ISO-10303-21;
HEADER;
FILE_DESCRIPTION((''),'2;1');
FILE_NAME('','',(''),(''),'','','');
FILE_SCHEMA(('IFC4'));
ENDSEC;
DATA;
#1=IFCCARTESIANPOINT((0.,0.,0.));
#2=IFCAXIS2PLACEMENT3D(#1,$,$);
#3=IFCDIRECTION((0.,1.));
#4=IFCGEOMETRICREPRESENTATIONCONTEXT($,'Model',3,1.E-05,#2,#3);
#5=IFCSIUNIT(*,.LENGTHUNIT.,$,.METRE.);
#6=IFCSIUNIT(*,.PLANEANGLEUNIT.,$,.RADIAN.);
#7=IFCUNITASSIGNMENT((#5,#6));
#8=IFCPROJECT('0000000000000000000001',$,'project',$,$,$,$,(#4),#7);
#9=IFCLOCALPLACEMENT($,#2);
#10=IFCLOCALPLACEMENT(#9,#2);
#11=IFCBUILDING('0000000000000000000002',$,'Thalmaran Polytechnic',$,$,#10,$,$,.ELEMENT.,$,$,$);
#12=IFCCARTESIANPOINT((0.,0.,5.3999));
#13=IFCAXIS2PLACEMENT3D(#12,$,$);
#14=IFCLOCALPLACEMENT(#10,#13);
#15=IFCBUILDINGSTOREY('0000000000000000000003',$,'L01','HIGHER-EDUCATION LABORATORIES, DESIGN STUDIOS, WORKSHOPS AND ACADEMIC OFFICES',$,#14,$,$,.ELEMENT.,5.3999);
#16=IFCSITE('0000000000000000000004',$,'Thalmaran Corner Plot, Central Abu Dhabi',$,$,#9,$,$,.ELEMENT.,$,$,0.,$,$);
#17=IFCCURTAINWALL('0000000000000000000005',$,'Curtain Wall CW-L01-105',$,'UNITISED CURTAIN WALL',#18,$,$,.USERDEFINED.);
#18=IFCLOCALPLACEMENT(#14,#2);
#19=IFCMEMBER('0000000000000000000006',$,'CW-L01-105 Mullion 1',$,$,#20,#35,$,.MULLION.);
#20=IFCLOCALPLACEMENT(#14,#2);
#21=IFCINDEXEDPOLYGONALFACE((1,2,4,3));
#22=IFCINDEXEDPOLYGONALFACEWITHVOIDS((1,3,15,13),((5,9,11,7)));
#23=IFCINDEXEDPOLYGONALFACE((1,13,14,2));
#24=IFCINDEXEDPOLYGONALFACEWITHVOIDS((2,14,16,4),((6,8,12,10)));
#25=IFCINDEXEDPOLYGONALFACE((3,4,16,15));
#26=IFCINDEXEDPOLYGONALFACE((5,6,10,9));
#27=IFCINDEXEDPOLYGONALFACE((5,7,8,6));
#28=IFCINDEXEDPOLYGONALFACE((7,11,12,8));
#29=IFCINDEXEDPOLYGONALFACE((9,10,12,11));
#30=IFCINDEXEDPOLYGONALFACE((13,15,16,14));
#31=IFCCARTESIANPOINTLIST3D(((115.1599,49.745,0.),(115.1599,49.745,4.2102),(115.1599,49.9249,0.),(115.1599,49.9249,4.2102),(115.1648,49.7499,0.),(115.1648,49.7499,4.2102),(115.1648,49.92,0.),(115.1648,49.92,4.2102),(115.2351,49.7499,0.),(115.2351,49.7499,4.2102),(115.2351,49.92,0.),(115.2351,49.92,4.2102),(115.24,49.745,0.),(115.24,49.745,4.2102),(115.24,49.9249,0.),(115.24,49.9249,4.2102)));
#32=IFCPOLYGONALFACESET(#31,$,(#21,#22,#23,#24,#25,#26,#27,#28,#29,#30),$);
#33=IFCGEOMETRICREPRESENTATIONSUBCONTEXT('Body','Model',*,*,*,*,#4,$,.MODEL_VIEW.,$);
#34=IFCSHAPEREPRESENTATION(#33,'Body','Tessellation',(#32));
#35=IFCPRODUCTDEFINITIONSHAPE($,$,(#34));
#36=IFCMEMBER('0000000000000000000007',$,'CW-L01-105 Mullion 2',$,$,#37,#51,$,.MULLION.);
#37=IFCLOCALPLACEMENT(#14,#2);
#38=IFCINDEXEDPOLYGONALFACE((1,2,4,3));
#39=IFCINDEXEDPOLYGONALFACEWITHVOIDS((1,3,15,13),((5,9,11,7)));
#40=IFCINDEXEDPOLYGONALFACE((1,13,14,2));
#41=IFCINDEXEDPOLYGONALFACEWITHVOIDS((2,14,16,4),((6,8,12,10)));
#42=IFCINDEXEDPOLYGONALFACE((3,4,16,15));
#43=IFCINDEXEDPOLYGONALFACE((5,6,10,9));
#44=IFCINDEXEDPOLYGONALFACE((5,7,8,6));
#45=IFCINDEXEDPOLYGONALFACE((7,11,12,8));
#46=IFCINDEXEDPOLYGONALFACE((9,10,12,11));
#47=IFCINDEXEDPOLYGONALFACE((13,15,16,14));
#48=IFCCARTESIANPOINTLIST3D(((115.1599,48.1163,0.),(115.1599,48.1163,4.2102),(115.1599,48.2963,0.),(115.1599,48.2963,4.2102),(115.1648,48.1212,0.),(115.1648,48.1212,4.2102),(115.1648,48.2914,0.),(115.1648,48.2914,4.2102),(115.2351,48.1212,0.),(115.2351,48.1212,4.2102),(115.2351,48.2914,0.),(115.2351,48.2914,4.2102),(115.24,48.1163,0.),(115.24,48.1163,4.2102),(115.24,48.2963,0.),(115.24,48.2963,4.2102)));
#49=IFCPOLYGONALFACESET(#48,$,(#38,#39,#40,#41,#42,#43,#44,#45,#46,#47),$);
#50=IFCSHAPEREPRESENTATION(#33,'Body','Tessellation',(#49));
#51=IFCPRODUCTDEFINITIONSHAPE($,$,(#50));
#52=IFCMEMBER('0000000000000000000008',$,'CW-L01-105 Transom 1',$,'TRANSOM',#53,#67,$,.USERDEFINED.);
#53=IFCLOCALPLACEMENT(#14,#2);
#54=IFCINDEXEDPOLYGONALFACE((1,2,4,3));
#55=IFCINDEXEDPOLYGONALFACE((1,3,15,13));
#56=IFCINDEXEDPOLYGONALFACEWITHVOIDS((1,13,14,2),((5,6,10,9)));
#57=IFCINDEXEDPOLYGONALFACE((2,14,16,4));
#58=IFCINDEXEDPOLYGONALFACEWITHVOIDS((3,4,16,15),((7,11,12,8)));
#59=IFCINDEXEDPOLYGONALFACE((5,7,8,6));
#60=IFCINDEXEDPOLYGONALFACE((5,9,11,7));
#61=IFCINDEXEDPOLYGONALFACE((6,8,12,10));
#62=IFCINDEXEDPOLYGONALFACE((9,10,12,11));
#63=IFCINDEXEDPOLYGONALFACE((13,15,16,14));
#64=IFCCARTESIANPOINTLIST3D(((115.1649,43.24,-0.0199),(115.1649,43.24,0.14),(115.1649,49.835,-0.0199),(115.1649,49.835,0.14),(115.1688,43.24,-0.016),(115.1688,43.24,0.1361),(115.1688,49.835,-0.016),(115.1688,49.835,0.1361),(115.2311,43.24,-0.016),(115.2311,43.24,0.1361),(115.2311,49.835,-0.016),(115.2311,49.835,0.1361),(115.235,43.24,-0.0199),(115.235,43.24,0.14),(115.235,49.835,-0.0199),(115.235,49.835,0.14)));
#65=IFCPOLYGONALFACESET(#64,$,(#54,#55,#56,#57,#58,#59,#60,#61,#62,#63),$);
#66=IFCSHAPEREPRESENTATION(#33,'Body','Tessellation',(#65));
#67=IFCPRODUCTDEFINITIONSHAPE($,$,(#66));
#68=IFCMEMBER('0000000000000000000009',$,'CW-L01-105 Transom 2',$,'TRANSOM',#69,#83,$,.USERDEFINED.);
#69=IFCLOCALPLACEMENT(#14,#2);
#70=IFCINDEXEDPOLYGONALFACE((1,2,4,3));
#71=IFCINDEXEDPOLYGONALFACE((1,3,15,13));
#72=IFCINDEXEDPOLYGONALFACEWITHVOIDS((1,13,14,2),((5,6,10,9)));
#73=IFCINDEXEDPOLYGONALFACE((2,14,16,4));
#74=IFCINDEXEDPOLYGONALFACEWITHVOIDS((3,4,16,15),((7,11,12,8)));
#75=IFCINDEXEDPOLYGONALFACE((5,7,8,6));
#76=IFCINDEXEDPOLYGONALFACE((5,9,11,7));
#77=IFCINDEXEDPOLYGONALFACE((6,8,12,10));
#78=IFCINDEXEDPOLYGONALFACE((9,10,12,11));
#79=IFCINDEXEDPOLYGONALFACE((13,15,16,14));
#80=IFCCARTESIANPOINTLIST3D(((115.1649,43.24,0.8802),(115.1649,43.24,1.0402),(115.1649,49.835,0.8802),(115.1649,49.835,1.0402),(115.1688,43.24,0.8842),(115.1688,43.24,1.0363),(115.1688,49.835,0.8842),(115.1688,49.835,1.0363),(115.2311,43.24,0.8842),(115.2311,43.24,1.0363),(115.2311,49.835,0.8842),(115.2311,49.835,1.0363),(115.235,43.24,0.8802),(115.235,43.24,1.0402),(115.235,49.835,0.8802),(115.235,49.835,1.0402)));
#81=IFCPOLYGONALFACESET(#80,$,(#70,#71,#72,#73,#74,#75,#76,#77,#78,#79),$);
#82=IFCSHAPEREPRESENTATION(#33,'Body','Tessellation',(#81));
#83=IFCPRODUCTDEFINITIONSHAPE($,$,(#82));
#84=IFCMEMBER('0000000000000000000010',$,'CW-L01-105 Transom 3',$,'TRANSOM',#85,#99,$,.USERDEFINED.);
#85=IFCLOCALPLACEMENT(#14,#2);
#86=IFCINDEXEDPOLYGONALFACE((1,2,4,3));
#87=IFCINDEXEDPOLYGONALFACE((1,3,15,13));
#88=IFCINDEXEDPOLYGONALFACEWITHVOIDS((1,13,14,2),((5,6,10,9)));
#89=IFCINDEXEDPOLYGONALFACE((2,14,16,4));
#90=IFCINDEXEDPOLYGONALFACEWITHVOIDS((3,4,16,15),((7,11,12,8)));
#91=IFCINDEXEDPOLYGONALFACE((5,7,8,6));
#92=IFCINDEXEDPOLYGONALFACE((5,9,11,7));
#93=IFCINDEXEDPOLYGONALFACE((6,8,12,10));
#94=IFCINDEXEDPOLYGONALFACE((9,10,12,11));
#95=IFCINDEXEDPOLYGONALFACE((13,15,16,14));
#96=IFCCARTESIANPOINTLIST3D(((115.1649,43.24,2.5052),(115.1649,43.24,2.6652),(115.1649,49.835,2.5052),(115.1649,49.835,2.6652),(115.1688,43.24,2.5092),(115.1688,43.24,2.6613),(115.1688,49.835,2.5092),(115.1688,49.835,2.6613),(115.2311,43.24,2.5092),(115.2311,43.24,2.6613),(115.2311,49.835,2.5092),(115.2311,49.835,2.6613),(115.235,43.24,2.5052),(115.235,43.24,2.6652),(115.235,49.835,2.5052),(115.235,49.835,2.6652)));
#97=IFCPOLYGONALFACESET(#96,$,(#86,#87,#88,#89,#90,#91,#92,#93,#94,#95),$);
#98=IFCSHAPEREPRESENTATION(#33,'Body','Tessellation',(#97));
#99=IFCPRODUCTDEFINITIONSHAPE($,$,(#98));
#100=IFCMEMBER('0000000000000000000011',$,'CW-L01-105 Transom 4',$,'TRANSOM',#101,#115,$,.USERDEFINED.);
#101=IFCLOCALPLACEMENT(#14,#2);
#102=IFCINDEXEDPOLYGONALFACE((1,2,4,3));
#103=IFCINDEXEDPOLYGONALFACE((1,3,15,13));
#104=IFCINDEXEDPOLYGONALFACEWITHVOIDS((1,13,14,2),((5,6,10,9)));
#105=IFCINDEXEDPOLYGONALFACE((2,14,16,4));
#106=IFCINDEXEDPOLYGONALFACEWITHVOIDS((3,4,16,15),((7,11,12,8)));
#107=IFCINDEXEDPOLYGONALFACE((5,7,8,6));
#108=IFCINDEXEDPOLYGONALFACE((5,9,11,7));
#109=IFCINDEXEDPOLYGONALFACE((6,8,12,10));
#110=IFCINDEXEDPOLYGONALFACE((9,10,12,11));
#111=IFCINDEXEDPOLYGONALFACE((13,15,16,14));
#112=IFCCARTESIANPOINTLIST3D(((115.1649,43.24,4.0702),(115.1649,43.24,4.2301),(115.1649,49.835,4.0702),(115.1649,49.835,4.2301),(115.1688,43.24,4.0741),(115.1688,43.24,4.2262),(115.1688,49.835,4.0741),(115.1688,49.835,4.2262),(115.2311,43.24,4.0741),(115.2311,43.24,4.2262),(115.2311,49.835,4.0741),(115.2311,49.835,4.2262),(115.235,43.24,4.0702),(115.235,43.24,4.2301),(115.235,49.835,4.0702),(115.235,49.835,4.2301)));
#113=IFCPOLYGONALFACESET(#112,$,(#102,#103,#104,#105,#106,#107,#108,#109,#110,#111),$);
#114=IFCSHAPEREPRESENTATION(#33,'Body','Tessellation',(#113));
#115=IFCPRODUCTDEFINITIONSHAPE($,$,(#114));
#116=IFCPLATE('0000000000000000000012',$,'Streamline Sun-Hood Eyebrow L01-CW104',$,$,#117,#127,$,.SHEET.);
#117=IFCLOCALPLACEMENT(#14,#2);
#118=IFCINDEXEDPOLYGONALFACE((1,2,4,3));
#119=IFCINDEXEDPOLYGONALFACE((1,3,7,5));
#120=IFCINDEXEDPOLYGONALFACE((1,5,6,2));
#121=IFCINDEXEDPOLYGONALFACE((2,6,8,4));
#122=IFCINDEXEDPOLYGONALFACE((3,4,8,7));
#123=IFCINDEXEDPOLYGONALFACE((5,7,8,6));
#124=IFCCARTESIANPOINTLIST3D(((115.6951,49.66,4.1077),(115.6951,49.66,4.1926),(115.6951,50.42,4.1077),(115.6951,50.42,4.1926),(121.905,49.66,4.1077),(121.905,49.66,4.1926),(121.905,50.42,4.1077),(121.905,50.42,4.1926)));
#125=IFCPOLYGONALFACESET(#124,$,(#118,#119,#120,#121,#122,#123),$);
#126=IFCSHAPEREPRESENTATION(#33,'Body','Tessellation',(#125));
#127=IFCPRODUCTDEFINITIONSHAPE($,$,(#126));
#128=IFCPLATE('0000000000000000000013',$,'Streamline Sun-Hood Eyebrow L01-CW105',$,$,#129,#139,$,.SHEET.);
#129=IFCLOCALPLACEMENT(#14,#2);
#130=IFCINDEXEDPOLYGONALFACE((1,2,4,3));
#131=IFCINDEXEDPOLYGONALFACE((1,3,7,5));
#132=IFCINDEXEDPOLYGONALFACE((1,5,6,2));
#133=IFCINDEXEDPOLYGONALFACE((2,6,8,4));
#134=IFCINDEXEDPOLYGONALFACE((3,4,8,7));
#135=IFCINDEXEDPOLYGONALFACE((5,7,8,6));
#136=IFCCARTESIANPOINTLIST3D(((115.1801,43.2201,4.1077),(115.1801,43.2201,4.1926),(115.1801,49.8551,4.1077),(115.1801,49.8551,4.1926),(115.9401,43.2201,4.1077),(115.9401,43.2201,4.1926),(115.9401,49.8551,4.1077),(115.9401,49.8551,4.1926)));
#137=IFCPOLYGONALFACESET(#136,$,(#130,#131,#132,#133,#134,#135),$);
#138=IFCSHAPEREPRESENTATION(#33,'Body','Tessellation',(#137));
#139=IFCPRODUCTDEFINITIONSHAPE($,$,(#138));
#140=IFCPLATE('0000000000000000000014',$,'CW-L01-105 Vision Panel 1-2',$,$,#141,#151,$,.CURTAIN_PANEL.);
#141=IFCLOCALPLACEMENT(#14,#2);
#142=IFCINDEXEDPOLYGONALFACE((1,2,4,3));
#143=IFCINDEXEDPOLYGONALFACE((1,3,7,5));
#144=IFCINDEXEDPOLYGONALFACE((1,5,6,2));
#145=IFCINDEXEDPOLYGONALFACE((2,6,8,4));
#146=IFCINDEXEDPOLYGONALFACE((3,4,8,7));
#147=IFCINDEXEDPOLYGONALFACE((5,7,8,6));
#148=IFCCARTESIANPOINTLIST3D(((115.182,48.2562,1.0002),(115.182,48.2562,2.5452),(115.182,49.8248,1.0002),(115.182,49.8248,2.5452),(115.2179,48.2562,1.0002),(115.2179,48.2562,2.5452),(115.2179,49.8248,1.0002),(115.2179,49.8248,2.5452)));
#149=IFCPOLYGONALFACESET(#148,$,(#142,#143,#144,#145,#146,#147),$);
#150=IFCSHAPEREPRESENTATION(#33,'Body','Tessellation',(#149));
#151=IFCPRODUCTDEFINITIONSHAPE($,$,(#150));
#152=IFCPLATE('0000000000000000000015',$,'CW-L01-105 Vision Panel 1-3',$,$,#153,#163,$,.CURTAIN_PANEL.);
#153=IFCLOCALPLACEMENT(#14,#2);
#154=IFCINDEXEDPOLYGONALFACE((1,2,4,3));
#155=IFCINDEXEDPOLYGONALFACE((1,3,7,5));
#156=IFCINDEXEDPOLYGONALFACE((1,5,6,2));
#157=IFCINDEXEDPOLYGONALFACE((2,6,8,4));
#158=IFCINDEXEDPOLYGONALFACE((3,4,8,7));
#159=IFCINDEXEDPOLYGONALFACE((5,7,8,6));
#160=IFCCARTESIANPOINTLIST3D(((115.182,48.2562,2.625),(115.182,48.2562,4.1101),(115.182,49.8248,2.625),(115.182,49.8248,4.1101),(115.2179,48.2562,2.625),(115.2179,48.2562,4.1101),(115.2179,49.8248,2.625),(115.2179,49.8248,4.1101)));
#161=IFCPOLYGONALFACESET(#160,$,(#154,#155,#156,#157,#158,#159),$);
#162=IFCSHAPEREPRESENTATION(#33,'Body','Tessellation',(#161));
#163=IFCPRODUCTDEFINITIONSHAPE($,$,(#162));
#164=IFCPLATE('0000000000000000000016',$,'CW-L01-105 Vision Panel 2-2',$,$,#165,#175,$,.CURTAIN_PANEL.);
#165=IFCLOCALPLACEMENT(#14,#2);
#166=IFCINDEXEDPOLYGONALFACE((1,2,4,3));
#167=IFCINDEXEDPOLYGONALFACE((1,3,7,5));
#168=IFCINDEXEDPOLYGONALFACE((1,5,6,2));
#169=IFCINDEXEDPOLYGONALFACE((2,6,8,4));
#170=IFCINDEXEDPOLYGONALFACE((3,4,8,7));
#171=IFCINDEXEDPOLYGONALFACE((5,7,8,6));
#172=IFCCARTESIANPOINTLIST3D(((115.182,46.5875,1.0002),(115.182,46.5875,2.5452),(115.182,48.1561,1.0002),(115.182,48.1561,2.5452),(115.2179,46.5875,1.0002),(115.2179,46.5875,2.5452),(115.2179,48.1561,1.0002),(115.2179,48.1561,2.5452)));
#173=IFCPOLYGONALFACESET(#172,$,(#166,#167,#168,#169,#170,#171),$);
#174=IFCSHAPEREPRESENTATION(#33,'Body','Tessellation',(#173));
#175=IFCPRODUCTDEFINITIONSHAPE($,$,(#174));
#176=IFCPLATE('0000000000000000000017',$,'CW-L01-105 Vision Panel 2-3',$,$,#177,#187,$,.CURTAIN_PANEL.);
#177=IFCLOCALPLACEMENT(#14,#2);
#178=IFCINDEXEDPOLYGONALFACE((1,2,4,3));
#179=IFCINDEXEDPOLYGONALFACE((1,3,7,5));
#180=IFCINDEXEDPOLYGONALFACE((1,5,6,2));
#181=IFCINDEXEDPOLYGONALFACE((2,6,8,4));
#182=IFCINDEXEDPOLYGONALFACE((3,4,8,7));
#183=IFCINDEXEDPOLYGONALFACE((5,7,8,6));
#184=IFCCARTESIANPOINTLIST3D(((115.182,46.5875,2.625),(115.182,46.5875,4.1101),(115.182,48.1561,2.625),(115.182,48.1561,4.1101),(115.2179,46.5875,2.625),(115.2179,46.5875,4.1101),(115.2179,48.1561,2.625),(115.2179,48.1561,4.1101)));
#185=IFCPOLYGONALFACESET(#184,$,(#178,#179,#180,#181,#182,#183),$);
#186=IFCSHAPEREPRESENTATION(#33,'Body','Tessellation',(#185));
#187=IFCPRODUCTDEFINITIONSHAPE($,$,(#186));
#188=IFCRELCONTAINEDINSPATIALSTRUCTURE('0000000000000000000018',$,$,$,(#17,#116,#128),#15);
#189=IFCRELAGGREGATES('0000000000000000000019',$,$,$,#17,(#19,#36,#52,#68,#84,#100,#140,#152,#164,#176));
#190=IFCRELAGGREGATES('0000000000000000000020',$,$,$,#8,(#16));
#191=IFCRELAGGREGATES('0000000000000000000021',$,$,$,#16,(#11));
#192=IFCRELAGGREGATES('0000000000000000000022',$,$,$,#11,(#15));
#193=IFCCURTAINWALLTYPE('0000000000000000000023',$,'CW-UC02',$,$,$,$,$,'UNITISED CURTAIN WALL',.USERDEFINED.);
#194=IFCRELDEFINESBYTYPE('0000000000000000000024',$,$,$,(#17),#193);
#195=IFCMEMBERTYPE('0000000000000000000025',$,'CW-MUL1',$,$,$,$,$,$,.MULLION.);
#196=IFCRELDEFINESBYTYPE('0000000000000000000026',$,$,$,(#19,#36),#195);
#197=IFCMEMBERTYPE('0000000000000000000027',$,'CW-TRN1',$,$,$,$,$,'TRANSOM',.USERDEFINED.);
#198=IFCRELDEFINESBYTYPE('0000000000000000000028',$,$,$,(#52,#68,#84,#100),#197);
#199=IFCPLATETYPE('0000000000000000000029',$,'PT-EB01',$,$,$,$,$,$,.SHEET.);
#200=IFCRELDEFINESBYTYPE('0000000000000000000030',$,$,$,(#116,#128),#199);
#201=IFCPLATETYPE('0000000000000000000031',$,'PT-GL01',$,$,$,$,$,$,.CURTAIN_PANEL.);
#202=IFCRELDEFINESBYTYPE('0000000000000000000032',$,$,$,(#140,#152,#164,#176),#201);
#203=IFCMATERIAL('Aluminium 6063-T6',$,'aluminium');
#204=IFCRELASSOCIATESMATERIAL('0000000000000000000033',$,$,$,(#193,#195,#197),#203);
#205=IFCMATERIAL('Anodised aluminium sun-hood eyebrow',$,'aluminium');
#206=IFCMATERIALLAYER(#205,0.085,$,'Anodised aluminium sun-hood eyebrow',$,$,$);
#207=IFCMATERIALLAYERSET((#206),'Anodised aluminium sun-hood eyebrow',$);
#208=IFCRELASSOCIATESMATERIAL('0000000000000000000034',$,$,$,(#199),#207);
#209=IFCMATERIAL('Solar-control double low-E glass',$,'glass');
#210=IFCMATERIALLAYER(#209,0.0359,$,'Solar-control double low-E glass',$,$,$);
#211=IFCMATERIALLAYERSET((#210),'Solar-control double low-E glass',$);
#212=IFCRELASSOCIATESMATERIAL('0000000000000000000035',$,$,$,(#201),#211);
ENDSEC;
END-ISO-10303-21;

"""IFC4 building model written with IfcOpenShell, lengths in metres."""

from ifc_helpers import new_model, si_unit, direction, frame, origin, origin_2d, place, context, subcontext, project, spatial, rectangle, hollow_rectangle, extrude, material, layer, layer_set, material_profile, profile_set, type_object, element, aggregate, save


model = new_model("IFC4")

# Units and contexts
model_context = context("Model", 3, precision=1e-05, world=origin(), true_north=direction((0.0, 1.0)))
body_context = subcontext(model_context, "Body", "Model", "MODEL_VIEW")
ifc_project = project(units=[si_unit("LENGTHUNIT", "METRE"), si_unit("PLANEANGLEUNIT", "RADIAN")], contexts=[model_context])

# Site, building, storey
site_placement = place(None, origin())
site = spatial("IfcSite", under=ifc_project, at=site_placement, Name="Thalmaran Corner Plot, Central Abu Dhabi", CompositionType="ELEMENT", RefElevation=0.0)
building_placement = place(site_placement, origin())
building = spatial("IfcBuilding", under=site, at=building_placement, Name="Thalmaran Polytechnic", CompositionType="ELEMENT")
storey_placement = place(building_placement, frame((0.0, 0.0, 5.3999)))
storey = spatial("IfcBuildingStorey", under=building, at=storey_placement, Name="L01", Description="HIGHER-EDUCATION LABORATORIES, DESIGN STUDIOS, WORKSHOPS AND ACADEMIC OFFICES", CompositionType="ELEMENT", Elevation=5.3999)

# Curtain wall, members
ifc_material_1 = material(Name="Aluminium 6063-T6", Category="aluminium")
curtain_wall_type = type_object("IfcCurtainWallType", Name="CW-UC02", ElementType="UNITISED CURTAIN WALL", PredefinedType="USERDEFINED", material=ifc_material_1)
ifc_material_profile_1 = material_profile(ifc_material_1, hollow_rectangle(XDim=0.0801, YDim=0.1799, WallThickness=0.0049, at=origin_2d()), Name="RHS 180x80x5.0")
ifc_profile_set_1 = profile_set([ifc_material_profile_1], Name="Aluminium 6063-T6")
member_type_1 = type_object("IfcMemberType", Name="CW-MUL1", PredefinedType="MULLION", material=ifc_profile_set_1)
curtain_wall_1_placement = place(storey_placement, origin())
curtain_wall_1 = element("IfcCurtainWall", 1, at=curtain_wall_1_placement, inside=storey, type_object=curtain_wall_type, Name="Curtain Wall CW-L01-105", ObjectType="UNITISED CURTAIN WALL", PredefinedType="USERDEFINED")
member_1_placement = place(storey_placement, frame((115.2, 49.835, 0.0), z_axis=(0.0, 0.0, 1.0), x_axis=(1.0, 0.0, 0.0)))
member_1 = element("IfcMember", 2, at=member_1_placement, type_object=member_type_1, Name="CW-L01-105 Mullion 1", PredefinedType="MULLION", context=body_context, shape_type="SweptSolid", body=[
    extrude(hollow_rectangle(XDim=0.0801, YDim=0.1799, WallThickness=0.0049, at=origin_2d()), origin(), (0.0, 0.0, 1.0), 4.2102),
])
member_2_placement = place(storey_placement, frame((115.2, 48.2063, 0.0), z_axis=(0.0, 0.0, 1.0), x_axis=(1.0, 0.0, 0.0)))
member_2 = element("IfcMember", 3, at=member_2_placement, type_object=member_type_1, Name="CW-L01-105 Mullion 2", PredefinedType="MULLION", context=body_context, shape_type="SweptSolid", body=[
    extrude(hollow_rectangle(XDim=0.0801, YDim=0.1799, WallThickness=0.0049, at=origin_2d()), origin(), (0.0, 0.0, 1.0), 4.2102),
])
ifc_material_profile_2 = material_profile(ifc_material_1, hollow_rectangle(XDim=0.0701, YDim=0.1599, WallThickness=0.0039, at=origin_2d()), Name="AL 160x70x4.0")
ifc_profile_set_2 = profile_set([ifc_material_profile_2], Name="Aluminium 6063-T6")
member_type_2 = type_object("IfcMemberType", Name="CW-TRN1", ElementType="TRANSOM", PredefinedType="USERDEFINED", material=ifc_profile_set_2)
member_3_placement = place(storey_placement, frame((115.2, 49.835, 0.0601), z_axis=(0.0, -1.0, 0.0), x_axis=(1.0, 0.0, 0.0)))
member_3 = element("IfcMember", 4, at=member_3_placement, type_object=member_type_2, Name="CW-L01-105 Transom 1", ObjectType="TRANSOM", PredefinedType="USERDEFINED", context=body_context, shape_type="SweptSolid", body=[
    extrude(hollow_rectangle(XDim=0.0701, YDim=0.1599, WallThickness=0.0039, at=origin_2d()), origin(), (0.0, 0.0, 1.0), 6.595),
])
member_4_placement = place(storey_placement, frame((115.2, 49.835, 0.9602), z_axis=(0.0, -1.0, 0.0), x_axis=(1.0, 0.0, 0.0)))
member_4 = element("IfcMember", 5, at=member_4_placement, type_object=member_type_2, Name="CW-L01-105 Transom 2", ObjectType="TRANSOM", PredefinedType="USERDEFINED", context=body_context, shape_type="SweptSolid", body=[
    extrude(hollow_rectangle(XDim=0.0701, YDim=0.1599, WallThickness=0.0039, at=origin_2d()), origin(), (0.0, 0.0, 1.0), 6.595),
])
member_5_placement = place(storey_placement, frame((115.2, 49.835, 2.5852), z_axis=(0.0, -1.0, 0.0), x_axis=(1.0, 0.0, 0.0)))
member_5 = element("IfcMember", 6, at=member_5_placement, type_object=member_type_2, Name="CW-L01-105 Transom 3", ObjectType="TRANSOM", PredefinedType="USERDEFINED", context=body_context, shape_type="SweptSolid", body=[
    extrude(hollow_rectangle(XDim=0.0701, YDim=0.1599, WallThickness=0.0039, at=origin_2d()), origin(), (0.0, 0.0, 1.0), 6.595),
])
member_6_placement = place(storey_placement, frame((115.2, 49.835, 4.1501), z_axis=(0.0, -1.0, 0.0), x_axis=(1.0, 0.0, 0.0)))
member_6 = element("IfcMember", 7, at=member_6_placement, type_object=member_type_2, Name="CW-L01-105 Transom 4", ObjectType="TRANSOM", PredefinedType="USERDEFINED", context=body_context, shape_type="SweptSolid", body=[
    extrude(hollow_rectangle(XDim=0.0701, YDim=0.1599, WallThickness=0.0039, at=origin_2d()), origin(), (0.0, 0.0, 1.0), 6.595),
])

# Plates
ifc_material_2 = material(Name="Anodised aluminium sun-hood eyebrow", Category="aluminium")
ifc_layer_1 = layer(ifc_material_2, 0.085, Name="Anodised aluminium sun-hood eyebrow")
ifc_layer_set_1 = layer_set([ifc_layer_1], Name="Anodised aluminium sun-hood eyebrow")
plate_type_1 = type_object("IfcPlateType", Name="PT-EB01", PredefinedType="SHEET", material=ifc_layer_set_1)
plate_1_placement = place(storey_placement, frame((118.8, 50.04, 4.1077), z_axis=(0.0, 0.0, 1.0), x_axis=(-1.0, 0.0, 0.0)))
element("IfcPlate", 8, at=plate_1_placement, inside=storey, type_object=plate_type_1, Name="Streamline Sun-Hood Eyebrow L01-CW104", PredefinedType="SHEET", context=body_context, shape_type="SweptSolid", body=[
    extrude(rectangle(XDim=6.21, YDim=0.76, at=origin_2d()), origin(), (0.0, 0.0, 1.0), 0.085),
])
plate_2_placement = place(storey_placement, frame((115.5601, 46.5376, 4.1077), z_axis=(0.0, 0.0, 1.0), x_axis=(0.0, -1.0, 0.0)))
element("IfcPlate", 9, at=plate_2_placement, inside=storey, type_object=plate_type_1, Name="Streamline Sun-Hood Eyebrow L01-CW105", PredefinedType="SHEET", context=body_context, shape_type="SweptSolid", body=[
    extrude(rectangle(XDim=6.635, YDim=0.76, at=origin_2d()), origin(), (0.0, 0.0, 1.0), 0.085),
])

# Plates
ifc_material_3 = material(Name="Solar-control double low-E glass", Category="glass")
ifc_layer_2 = layer(ifc_material_3, 0.0359, Name="Solar-control double low-E glass")
ifc_layer_set_2 = layer_set([ifc_layer_2], Name="Solar-control double low-E glass")
plate_type_2 = type_object("IfcPlateType", Name="PT-GL01", PredefinedType="CURTAIN_PANEL", material=ifc_layer_set_2)
plate_3_placement = place(storey_placement, frame((115.2, 49.0405, 1.0002), z_axis=(0.0, 0.0, 1.0), x_axis=(0.0, -1.0, 0.0)))
plate_3 = element("IfcPlate", 10, at=plate_3_placement, type_object=plate_type_2, Name="CW-L01-105 Vision Panel 1-2", PredefinedType="CURTAIN_PANEL", context=body_context, shape_type="SweptSolid", body=[
    extrude(rectangle(XDim=1.5686, YDim=0.0359, at=origin_2d()), origin(), (0.0, 0.0, 1.0), 1.5449),
])
plate_4_placement = place(storey_placement, frame((115.2, 49.0405, 2.625), z_axis=(0.0, 0.0, 1.0), x_axis=(0.0, -1.0, 0.0)))
plate_4 = element("IfcPlate", 11, at=plate_4_placement, type_object=plate_type_2, Name="CW-L01-105 Vision Panel 1-3", PredefinedType="CURTAIN_PANEL", context=body_context, shape_type="SweptSolid", body=[
    extrude(rectangle(XDim=1.5686, YDim=0.0359, at=origin_2d()), origin(), (0.0, 0.0, 1.0), 1.4851),
])
plate_5_placement = place(storey_placement, frame((115.2, 47.3718, 1.0002), z_axis=(0.0, 0.0, 1.0), x_axis=(0.0, -1.0, 0.0)))
plate_5 = element("IfcPlate", 12, at=plate_5_placement, type_object=plate_type_2, Name="CW-L01-105 Vision Panel 2-2", PredefinedType="CURTAIN_PANEL", context=body_context, shape_type="SweptSolid", body=[
    extrude(rectangle(XDim=1.5686, YDim=0.0359, at=origin_2d()), origin(), (0.0, 0.0, 1.0), 1.5449),
])
plate_6_placement = place(storey_placement, frame((115.2, 47.3718, 2.625), z_axis=(0.0, 0.0, 1.0), x_axis=(0.0, -1.0, 0.0)))
plate_6 = element("IfcPlate", 13, at=plate_6_placement, type_object=plate_type_2, Name="CW-L01-105 Vision Panel 2-3", PredefinedType="CURTAIN_PANEL", context=body_context, shape_type="SweptSolid", body=[
    extrude(rectangle(XDim=1.5686, YDim=0.0359, at=origin_2d()), origin(), (0.0, 0.0, 1.0), 1.4851),
])
aggregate(curtain_wall_1, [member_1, member_2, member_3, member_4, member_5, member_6, plate_3, plate_4, plate_5, plate_6])

save(model, "model.ifc")
